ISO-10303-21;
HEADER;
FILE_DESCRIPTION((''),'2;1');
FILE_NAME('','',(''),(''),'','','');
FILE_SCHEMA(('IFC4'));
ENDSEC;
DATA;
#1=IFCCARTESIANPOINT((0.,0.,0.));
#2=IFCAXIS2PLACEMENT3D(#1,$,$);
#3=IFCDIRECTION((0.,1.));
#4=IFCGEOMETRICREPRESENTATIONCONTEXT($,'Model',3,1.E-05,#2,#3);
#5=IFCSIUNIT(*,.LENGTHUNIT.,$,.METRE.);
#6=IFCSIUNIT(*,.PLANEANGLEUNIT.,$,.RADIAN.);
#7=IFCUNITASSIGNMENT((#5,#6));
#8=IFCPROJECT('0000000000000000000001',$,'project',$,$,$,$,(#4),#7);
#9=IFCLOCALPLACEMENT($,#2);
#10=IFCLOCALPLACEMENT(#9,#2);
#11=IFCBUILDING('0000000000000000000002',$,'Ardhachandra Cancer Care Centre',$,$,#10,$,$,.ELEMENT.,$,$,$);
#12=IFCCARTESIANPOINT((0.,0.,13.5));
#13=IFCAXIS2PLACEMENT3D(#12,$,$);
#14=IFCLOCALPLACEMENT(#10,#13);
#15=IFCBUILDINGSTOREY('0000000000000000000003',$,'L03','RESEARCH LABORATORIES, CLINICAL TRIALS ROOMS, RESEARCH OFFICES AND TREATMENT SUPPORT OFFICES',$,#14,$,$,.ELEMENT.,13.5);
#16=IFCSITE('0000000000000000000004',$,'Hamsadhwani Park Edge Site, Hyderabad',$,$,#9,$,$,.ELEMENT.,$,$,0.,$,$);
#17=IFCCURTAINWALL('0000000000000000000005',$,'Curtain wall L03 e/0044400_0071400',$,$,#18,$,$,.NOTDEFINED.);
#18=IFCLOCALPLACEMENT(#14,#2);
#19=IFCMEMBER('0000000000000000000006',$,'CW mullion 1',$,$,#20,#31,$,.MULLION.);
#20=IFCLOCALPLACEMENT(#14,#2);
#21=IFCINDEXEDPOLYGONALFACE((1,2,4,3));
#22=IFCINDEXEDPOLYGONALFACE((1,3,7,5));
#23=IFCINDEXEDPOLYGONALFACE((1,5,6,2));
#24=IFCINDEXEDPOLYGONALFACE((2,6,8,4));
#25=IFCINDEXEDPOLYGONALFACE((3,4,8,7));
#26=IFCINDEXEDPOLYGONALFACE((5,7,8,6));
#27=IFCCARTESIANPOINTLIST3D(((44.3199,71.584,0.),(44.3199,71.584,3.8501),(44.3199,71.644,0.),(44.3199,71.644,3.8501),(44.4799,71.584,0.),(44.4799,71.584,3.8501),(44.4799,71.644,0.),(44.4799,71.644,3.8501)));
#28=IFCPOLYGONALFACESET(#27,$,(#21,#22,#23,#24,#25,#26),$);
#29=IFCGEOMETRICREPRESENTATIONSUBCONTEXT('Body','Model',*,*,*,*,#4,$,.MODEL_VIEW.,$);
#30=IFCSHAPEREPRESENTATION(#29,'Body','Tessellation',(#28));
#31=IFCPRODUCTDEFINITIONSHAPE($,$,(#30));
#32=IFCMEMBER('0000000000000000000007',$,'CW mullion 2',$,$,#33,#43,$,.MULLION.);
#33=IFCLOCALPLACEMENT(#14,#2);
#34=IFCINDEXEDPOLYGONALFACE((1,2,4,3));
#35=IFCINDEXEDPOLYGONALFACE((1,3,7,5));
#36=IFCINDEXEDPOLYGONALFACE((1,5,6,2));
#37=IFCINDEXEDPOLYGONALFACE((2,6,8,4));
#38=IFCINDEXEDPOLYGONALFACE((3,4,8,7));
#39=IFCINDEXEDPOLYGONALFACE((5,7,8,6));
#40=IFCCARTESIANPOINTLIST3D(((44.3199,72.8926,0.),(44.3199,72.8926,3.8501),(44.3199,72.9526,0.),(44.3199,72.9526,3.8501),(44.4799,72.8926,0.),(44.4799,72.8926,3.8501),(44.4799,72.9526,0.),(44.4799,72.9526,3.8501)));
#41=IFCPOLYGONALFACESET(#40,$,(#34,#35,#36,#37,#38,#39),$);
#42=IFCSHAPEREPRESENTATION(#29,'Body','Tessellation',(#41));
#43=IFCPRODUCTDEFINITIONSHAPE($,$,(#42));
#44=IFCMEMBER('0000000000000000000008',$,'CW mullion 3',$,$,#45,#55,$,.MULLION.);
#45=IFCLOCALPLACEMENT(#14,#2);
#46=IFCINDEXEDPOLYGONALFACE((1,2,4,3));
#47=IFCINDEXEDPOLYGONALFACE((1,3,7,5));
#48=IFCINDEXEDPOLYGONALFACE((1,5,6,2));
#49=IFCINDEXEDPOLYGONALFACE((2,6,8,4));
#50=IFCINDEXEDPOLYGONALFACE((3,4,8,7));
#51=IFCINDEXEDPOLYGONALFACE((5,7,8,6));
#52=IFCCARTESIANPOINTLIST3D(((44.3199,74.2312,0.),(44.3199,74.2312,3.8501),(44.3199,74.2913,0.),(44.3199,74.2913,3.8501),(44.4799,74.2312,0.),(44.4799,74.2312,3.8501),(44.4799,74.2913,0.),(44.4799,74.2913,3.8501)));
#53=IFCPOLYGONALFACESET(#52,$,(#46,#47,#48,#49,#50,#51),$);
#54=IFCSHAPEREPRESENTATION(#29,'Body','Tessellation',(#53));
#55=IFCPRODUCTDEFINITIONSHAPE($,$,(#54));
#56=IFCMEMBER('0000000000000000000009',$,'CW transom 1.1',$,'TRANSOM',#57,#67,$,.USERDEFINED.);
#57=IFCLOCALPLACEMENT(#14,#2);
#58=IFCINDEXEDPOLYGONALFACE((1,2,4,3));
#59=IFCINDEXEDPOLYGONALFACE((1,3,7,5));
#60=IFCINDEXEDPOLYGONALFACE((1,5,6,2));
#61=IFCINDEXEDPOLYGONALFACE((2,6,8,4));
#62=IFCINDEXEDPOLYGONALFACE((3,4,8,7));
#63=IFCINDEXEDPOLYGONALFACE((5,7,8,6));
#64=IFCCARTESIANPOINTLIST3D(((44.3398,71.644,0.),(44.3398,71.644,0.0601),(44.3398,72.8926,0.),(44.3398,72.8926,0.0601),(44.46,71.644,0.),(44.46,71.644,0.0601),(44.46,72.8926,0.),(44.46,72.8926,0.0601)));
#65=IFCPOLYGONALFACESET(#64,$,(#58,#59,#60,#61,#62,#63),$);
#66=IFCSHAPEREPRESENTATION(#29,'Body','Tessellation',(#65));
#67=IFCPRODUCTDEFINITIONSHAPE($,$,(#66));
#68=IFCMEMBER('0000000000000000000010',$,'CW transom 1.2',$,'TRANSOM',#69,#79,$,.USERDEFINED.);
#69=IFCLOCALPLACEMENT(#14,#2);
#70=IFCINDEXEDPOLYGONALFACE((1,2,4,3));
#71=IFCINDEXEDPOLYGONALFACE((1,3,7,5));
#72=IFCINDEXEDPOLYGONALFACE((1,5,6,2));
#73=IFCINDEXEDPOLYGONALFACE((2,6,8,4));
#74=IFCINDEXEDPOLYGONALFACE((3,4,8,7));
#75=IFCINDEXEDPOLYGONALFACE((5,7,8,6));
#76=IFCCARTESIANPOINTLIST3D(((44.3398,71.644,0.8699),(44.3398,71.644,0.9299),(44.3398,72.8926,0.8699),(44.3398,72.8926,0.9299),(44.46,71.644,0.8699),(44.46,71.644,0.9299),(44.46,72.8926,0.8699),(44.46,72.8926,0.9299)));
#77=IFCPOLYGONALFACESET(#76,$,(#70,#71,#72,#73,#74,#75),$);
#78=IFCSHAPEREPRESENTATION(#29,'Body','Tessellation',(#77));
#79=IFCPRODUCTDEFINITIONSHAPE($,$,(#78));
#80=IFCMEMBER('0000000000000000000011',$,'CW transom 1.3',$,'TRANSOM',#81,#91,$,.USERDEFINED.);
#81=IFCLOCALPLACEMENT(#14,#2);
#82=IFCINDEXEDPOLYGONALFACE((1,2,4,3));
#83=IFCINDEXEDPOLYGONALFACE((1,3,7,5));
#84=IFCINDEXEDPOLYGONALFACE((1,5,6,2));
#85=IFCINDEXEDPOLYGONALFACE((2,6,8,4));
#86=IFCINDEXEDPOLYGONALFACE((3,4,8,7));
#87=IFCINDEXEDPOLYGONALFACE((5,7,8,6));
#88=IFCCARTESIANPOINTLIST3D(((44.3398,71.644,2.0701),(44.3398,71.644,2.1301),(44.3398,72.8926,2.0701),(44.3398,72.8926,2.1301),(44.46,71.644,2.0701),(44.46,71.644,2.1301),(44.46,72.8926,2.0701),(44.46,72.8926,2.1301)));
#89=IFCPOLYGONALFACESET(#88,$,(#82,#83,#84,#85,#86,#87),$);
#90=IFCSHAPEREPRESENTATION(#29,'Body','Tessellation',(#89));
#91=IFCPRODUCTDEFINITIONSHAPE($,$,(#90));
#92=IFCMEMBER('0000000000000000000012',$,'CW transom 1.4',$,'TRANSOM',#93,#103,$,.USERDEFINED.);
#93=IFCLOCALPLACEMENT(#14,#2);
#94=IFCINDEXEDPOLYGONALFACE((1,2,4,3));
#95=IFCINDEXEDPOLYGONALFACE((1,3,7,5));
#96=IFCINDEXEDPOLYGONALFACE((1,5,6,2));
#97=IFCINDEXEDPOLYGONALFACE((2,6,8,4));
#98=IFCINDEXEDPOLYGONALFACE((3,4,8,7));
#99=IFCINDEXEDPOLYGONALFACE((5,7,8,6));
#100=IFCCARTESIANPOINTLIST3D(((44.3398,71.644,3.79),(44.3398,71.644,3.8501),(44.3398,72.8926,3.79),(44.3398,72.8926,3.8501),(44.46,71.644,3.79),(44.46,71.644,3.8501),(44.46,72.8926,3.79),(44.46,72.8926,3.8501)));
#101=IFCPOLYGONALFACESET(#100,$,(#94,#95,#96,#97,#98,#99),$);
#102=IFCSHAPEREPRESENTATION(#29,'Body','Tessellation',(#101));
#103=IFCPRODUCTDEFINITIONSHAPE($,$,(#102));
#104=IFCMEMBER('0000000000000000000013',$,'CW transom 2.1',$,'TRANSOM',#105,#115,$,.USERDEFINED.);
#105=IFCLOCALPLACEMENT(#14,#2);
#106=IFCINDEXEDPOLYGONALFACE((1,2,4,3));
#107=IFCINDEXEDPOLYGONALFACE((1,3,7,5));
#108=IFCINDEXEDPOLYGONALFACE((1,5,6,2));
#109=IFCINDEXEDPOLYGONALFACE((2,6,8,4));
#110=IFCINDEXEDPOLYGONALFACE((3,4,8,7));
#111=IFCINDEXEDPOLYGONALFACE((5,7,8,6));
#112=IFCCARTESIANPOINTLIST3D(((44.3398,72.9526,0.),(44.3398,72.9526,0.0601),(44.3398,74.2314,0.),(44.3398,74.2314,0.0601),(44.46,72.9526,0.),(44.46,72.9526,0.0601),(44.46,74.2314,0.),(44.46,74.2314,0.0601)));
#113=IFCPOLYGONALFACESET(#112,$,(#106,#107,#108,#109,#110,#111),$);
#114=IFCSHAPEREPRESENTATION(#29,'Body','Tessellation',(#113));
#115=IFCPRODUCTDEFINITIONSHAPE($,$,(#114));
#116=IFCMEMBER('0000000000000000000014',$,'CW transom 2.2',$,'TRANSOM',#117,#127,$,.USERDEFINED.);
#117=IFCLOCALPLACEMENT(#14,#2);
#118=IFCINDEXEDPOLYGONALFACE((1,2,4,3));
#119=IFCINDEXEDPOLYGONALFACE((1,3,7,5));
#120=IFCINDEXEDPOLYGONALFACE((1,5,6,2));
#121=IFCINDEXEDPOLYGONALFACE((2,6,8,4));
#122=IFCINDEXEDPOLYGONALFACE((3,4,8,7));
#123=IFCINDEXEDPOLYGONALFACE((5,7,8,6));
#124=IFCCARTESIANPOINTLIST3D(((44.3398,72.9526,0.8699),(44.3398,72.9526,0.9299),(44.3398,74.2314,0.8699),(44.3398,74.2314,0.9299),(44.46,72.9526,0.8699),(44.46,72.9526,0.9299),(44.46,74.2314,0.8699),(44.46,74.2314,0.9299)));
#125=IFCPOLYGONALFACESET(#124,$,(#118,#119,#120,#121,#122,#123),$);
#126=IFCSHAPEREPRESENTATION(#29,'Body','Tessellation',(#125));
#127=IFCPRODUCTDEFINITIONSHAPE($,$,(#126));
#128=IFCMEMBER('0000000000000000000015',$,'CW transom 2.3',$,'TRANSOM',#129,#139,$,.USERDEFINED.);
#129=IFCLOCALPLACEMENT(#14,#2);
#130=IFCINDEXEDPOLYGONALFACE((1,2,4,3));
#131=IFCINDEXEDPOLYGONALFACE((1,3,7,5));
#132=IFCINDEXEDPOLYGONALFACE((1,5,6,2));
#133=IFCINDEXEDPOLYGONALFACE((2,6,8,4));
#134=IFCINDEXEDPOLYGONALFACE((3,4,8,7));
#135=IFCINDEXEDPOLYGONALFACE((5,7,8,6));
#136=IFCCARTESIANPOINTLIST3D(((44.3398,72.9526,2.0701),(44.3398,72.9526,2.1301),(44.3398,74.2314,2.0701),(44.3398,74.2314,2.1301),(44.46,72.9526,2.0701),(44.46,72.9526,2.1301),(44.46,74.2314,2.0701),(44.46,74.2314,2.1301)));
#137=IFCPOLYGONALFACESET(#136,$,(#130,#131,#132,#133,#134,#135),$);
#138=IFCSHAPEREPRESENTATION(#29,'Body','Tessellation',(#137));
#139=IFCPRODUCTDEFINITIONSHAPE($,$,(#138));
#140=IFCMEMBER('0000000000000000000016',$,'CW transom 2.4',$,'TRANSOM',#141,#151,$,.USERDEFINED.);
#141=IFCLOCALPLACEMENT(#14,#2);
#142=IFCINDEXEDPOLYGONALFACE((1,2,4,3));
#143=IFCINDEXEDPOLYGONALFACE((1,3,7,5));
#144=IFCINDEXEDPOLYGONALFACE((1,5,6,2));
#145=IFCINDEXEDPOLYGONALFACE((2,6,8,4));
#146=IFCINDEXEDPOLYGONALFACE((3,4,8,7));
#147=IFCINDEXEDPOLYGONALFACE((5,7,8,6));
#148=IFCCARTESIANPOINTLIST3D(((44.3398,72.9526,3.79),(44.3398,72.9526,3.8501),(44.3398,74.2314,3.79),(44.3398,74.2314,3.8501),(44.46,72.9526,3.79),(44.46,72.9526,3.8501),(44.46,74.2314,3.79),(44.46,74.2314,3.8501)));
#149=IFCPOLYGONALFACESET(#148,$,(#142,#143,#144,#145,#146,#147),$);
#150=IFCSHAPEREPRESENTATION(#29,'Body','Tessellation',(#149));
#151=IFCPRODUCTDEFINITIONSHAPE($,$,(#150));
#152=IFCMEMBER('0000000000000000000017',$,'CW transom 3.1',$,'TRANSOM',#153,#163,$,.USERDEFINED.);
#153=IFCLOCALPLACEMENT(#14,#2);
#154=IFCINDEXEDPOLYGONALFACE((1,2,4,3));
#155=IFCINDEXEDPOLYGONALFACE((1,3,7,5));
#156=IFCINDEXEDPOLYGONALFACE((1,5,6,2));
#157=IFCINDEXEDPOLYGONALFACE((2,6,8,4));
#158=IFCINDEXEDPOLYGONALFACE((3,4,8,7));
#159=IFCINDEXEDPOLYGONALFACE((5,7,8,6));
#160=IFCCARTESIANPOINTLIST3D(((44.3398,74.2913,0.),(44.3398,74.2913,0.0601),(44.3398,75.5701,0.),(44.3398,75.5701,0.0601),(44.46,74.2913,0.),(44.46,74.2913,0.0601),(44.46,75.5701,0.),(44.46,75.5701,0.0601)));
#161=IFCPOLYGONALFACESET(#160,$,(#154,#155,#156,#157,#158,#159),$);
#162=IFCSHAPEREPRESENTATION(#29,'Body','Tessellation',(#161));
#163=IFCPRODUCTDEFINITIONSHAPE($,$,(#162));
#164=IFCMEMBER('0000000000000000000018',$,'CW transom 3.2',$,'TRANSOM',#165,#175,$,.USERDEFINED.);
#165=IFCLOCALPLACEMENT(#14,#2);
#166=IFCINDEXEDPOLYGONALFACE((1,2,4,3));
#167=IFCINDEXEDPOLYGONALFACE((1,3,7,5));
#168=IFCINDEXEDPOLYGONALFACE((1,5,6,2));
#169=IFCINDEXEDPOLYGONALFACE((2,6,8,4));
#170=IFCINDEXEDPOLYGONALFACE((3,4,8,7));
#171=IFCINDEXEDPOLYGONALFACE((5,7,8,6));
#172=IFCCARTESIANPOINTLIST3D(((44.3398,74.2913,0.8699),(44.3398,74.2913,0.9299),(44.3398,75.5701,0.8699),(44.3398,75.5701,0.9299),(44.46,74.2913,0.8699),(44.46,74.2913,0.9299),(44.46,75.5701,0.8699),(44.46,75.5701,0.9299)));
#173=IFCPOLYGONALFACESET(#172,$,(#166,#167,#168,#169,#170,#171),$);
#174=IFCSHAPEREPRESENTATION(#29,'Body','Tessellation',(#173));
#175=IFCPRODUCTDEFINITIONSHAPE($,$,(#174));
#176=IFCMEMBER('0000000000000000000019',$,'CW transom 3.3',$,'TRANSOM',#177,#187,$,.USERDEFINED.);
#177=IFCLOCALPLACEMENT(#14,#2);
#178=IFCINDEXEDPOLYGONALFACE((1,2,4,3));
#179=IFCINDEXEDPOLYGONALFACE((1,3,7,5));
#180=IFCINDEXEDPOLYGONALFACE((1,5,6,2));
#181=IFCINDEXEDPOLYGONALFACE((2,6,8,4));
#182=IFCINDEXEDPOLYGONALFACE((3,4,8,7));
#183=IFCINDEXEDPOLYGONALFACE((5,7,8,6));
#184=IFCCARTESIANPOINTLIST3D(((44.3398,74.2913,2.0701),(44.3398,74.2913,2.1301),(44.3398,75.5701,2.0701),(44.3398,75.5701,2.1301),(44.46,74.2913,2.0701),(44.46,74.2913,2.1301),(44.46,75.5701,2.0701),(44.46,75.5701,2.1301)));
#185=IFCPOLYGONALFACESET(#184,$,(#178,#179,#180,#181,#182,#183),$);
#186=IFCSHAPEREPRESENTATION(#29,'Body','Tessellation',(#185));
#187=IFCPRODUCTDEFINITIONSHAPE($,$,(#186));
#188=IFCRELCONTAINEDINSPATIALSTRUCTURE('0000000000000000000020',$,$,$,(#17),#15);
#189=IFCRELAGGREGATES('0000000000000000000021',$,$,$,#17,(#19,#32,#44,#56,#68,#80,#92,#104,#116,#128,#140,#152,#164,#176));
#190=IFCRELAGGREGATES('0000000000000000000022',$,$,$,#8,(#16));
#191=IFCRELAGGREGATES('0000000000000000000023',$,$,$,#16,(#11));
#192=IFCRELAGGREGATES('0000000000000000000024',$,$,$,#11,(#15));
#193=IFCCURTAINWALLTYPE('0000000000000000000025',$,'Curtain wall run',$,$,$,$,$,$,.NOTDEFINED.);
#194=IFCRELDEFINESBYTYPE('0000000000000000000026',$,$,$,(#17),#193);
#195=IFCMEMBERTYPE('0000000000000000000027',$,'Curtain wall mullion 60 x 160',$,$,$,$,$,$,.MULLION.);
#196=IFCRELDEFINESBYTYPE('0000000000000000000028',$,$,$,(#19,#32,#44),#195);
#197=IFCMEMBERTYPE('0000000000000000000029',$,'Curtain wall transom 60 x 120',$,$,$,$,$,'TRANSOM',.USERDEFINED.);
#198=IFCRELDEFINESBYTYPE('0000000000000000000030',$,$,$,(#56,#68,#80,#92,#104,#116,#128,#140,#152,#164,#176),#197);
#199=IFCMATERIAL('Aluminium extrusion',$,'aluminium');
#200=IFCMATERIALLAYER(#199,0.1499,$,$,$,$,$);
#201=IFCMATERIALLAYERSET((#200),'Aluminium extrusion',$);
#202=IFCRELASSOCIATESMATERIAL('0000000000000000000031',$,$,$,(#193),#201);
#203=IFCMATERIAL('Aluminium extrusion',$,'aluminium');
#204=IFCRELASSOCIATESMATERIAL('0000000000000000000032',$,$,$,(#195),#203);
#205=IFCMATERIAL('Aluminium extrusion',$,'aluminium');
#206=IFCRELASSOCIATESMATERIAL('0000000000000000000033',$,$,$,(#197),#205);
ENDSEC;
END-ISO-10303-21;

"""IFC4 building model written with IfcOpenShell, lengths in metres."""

from ifc_helpers import new_model, si_unit, direction, frame, origin, origin_2d, place, context, subcontext, project, spatial, rectangle, extrude, material, layer, layer_set, material_profile, profile_set, type_object, element, aggregate, save


model = new_model("IFC4")

# Units and contexts
model_context = context("Model", 3, precision=1e-05, world=origin(), true_north=direction((0.0, 1.0)))
body_context = subcontext(model_context, "Body", "Model", "MODEL_VIEW")
ifc_project = project(units=[si_unit("LENGTHUNIT", "METRE"), si_unit("PLANEANGLEUNIT", "RADIAN")], contexts=[model_context])

# Site, building, storey
site_placement = place(None, origin())
site = spatial("IfcSite", under=ifc_project, at=site_placement, Name="Hamsadhwani Park Edge Site, Hyderabad", CompositionType="ELEMENT", RefElevation=0.0)
building_placement = place(site_placement, origin())
building = spatial("IfcBuilding", under=site, at=building_placement, Name="Ardhachandra Cancer Care Centre", CompositionType="ELEMENT")
storey_placement = place(building_placement, frame((0.0, 0.0, 13.5)))
storey = spatial("IfcBuildingStorey", under=building, at=storey_placement, Name="L03", Description="RESEARCH LABORATORIES, CLINICAL TRIALS ROOMS, RESEARCH OFFICES AND TREATMENT SUPPORT OFFICES", CompositionType="ELEMENT", Elevation=13.5)

# Curtain wall, members
ifc_material_1 = material(Name="Aluminium extrusion", Category="aluminium")
ifc_layer_1 = layer(ifc_material_1, 0.1499)
ifc_layer_set_1 = layer_set([ifc_layer_1], Name="Aluminium extrusion")
curtain_wall_type = type_object("IfcCurtainWallType", Name="Curtain wall run", PredefinedType="NOTDEFINED", material=ifc_layer_set_1)
curtain_wall_placement = place(storey_placement, origin())
curtain_wall = element("IfcCurtainWall", 1, at=curtain_wall_placement, inside=storey, type_object=curtain_wall_type, Name="Curtain wall L03 e/0044400_0071400", PredefinedType="NOTDEFINED")
ifc_material_2 = material(Name="Aluminium extrusion", Category="aluminium")
ifc_material_profile_1 = material_profile(ifc_material_2, rectangle(XDim=0.1599, YDim=0.0601, at=origin_2d()), Name="Curtain wall mullion 60 x 160")
ifc_profile_set_1 = profile_set([ifc_material_profile_1], Name="Aluminium extrusion")
member_type_1 = type_object("IfcMemberType", Name="Curtain wall mullion 60 x 160", PredefinedType="MULLION", material=ifc_profile_set_1)
member_1_placement = place(storey_placement, frame((44.3999, 71.614, 0.0), z_axis=(0.0, 0.0, 1.0), x_axis=(-1.0, 0.0, 0.0)))
member_1 = element("IfcMember", 2, at=member_1_placement, type_object=member_type_1, Name="CW mullion 1", PredefinedType="MULLION", context=body_context, shape_type="SweptSolid", body=[
    extrude(rectangle(XDim=0.1599, YDim=0.0601, at=origin_2d()), origin(), (0.0, 0.0, 1.0), 3.8501),
])
member_2_placement = place(storey_placement, frame((44.3999, 72.9226, 0.0), z_axis=(0.0, 0.0, 1.0), x_axis=(-1.0, 0.0, 0.0)))
member_2 = element("IfcMember", 3, at=member_2_placement, type_object=member_type_1, Name="CW mullion 2", PredefinedType="MULLION", context=body_context, shape_type="SweptSolid", body=[
    extrude(rectangle(XDim=0.1599, YDim=0.0601, at=origin_2d()), origin(), (0.0, 0.0, 1.0), 3.8501),
])
member_3_placement = place(storey_placement, frame((44.3999, 74.2612, 0.0), z_axis=(0.0, 0.0, 1.0), x_axis=(-1.0, 0.0, 0.0)))
member_3 = element("IfcMember", 4, at=member_3_placement, type_object=member_type_1, Name="CW mullion 3", PredefinedType="MULLION", context=body_context, shape_type="SweptSolid", body=[
    extrude(rectangle(XDim=0.1599, YDim=0.0601, at=origin_2d()), origin(), (0.0, 0.0, 1.0), 3.8501),
])
ifc_material_3 = material(Name="Aluminium extrusion", Category="aluminium")
ifc_material_profile_2 = material_profile(ifc_material_3, rectangle(XDim=0.1201, YDim=0.0601, at=origin_2d()), Name="Curtain wall transom 60 x 120")
ifc_profile_set_2 = profile_set([ifc_material_profile_2], Name="Aluminium extrusion")
member_type_2 = type_object("IfcMemberType", Name="Curtain wall transom 60 x 120", ElementType="TRANSOM", PredefinedType="USERDEFINED", material=ifc_profile_set_2)
member_4_placement = place(storey_placement, frame((44.3999, 71.644, 0.03), z_axis=(0.0, 1.0, 0.0), x_axis=(-1.0, 0.0, 0.0)))
member_4 = element("IfcMember", 5, at=member_4_placement, type_object=member_type_2, Name="CW transom 1.1", ObjectType="TRANSOM", PredefinedType="USERDEFINED", context=body_context, shape_type="SweptSolid", body=[
    extrude(rectangle(XDim=0.1201, YDim=0.0601, at=origin_2d()), origin(), (0.0, 0.0, 1.0), 1.2485),
])
member_5_placement = place(storey_placement, frame((44.3999, 71.644, 0.8999), z_axis=(0.0, 1.0, 0.0), x_axis=(-1.0, 0.0, 0.0)))
member_5 = element("IfcMember", 6, at=member_5_placement, type_object=member_type_2, Name="CW transom 1.2", ObjectType="TRANSOM", PredefinedType="USERDEFINED", context=body_context, shape_type="SweptSolid", body=[
    extrude(rectangle(XDim=0.1201, YDim=0.0601, at=origin_2d()), origin(), (0.0, 0.0, 1.0), 1.2485),
])
member_6_placement = place(storey_placement, frame((44.3999, 71.644, 2.1001), z_axis=(0.0, 1.0, 0.0), x_axis=(-1.0, 0.0, 0.0)))
member_6 = element("IfcMember", 7, at=member_6_placement, type_object=member_type_2, Name="CW transom 1.3", ObjectType="TRANSOM", PredefinedType="USERDEFINED", context=body_context, shape_type="SweptSolid", body=[
    extrude(rectangle(XDim=0.1201, YDim=0.0601, at=origin_2d()), origin(), (0.0, 0.0, 1.0), 1.2485),
])
member_7_placement = place(storey_placement, frame((44.3999, 71.644, 3.8201), z_axis=(0.0, 1.0, 0.0), x_axis=(-1.0, 0.0, 0.0)))
member_7 = element("IfcMember", 8, at=member_7_placement, type_object=member_type_2, Name="CW transom 1.4", ObjectType="TRANSOM", PredefinedType="USERDEFINED", context=body_context, shape_type="SweptSolid", body=[
    extrude(rectangle(XDim=0.1201, YDim=0.0601, at=origin_2d()), origin(), (0.0, 0.0, 1.0), 1.2485),
])
member_8_placement = place(storey_placement, frame((44.3999, 72.9526, 0.03), z_axis=(0.0, 1.0, 0.0), x_axis=(-1.0, 0.0, 0.0)))
member_8 = element("IfcMember", 9, at=member_8_placement, type_object=member_type_2, Name="CW transom 2.1", ObjectType="TRANSOM", PredefinedType="USERDEFINED", context=body_context, shape_type="SweptSolid", body=[
    extrude(rectangle(XDim=0.1201, YDim=0.0601, at=origin_2d()), origin(), (0.0, 0.0, 1.0), 1.2788),
])
member_9_placement = place(storey_placement, frame((44.3999, 72.9526, 0.8999), z_axis=(0.0, 1.0, 0.0), x_axis=(-1.0, 0.0, 0.0)))
member_9 = element("IfcMember", 10, at=member_9_placement, type_object=member_type_2, Name="CW transom 2.2", ObjectType="TRANSOM", PredefinedType="USERDEFINED", context=body_context, shape_type="SweptSolid", body=[
    extrude(rectangle(XDim=0.1201, YDim=0.0601, at=origin_2d()), origin(), (0.0, 0.0, 1.0), 1.2788),
])
member_10_placement = place(storey_placement, frame((44.3999, 72.9526, 2.1001), z_axis=(0.0, 1.0, 0.0), x_axis=(-1.0, 0.0, 0.0)))
member_10 = element("IfcMember", 11, at=member_10_placement, type_object=member_type_2, Name="CW transom 2.3", ObjectType="TRANSOM", PredefinedType="USERDEFINED", context=body_context, shape_type="SweptSolid", body=[
    extrude(rectangle(XDim=0.1201, YDim=0.0601, at=origin_2d()), origin(), (0.0, 0.0, 1.0), 1.2788),
])
member_11_placement = place(storey_placement, frame((44.3999, 72.9526, 3.8201), z_axis=(0.0, 1.0, 0.0), x_axis=(-1.0, 0.0, 0.0)))
member_11 = element("IfcMember", 12, at=member_11_placement, type_object=member_type_2, Name="CW transom 2.4", ObjectType="TRANSOM", PredefinedType="USERDEFINED", context=body_context, shape_type="SweptSolid", body=[
    extrude(rectangle(XDim=0.1201, YDim=0.0601, at=origin_2d()), origin(), (0.0, 0.0, 1.0), 1.2788),
])
member_12_placement = place(storey_placement, frame((44.3999, 74.2913, 0.03), z_axis=(0.0, 1.0, 0.0), x_axis=(-1.0, 0.0, 0.0)))
member_12 = element("IfcMember", 13, at=member_12_placement, type_object=member_type_2, Name="CW transom 3.1", ObjectType="TRANSOM", PredefinedType="USERDEFINED", context=body_context, shape_type="SweptSolid", body=[
    extrude(rectangle(XDim=0.1201, YDim=0.0601, at=origin_2d()), origin(), (0.0, 0.0, 1.0), 1.2788),
])
member_13_placement = place(storey_placement, frame((44.3999, 74.2913, 0.8999), z_axis=(0.0, 1.0, 0.0), x_axis=(-1.0, 0.0, 0.0)))
member_13 = element("IfcMember", 14, at=member_13_placement, type_object=member_type_2, Name="CW transom 3.2", ObjectType="TRANSOM", PredefinedType="USERDEFINED", context=body_context, shape_type="SweptSolid", body=[
    extrude(rectangle(XDim=0.1201, YDim=0.0601, at=origin_2d()), origin(), (0.0, 0.0, 1.0), 1.2788),
])
member_14_placement = place(storey_placement, frame((44.3999, 74.2913, 2.1001), z_axis=(0.0, 1.0, 0.0), x_axis=(-1.0, 0.0, 0.0)))
member_14 = element("IfcMember", 15, at=member_14_placement, type_object=member_type_2, Name="CW transom 3.3", ObjectType="TRANSOM", PredefinedType="USERDEFINED", context=body_context, shape_type="SweptSolid", body=[
    extrude(rectangle(XDim=0.1201, YDim=0.0601, at=origin_2d()), origin(), (0.0, 0.0, 1.0), 1.2788),
])
aggregate(curtain_wall, [member_1, member_2, member_3, member_4, member_5, member_6, member_7, member_8, member_9, member_10, member_11, member_12, member_13, member_14])

save(model, "model.ifc")
